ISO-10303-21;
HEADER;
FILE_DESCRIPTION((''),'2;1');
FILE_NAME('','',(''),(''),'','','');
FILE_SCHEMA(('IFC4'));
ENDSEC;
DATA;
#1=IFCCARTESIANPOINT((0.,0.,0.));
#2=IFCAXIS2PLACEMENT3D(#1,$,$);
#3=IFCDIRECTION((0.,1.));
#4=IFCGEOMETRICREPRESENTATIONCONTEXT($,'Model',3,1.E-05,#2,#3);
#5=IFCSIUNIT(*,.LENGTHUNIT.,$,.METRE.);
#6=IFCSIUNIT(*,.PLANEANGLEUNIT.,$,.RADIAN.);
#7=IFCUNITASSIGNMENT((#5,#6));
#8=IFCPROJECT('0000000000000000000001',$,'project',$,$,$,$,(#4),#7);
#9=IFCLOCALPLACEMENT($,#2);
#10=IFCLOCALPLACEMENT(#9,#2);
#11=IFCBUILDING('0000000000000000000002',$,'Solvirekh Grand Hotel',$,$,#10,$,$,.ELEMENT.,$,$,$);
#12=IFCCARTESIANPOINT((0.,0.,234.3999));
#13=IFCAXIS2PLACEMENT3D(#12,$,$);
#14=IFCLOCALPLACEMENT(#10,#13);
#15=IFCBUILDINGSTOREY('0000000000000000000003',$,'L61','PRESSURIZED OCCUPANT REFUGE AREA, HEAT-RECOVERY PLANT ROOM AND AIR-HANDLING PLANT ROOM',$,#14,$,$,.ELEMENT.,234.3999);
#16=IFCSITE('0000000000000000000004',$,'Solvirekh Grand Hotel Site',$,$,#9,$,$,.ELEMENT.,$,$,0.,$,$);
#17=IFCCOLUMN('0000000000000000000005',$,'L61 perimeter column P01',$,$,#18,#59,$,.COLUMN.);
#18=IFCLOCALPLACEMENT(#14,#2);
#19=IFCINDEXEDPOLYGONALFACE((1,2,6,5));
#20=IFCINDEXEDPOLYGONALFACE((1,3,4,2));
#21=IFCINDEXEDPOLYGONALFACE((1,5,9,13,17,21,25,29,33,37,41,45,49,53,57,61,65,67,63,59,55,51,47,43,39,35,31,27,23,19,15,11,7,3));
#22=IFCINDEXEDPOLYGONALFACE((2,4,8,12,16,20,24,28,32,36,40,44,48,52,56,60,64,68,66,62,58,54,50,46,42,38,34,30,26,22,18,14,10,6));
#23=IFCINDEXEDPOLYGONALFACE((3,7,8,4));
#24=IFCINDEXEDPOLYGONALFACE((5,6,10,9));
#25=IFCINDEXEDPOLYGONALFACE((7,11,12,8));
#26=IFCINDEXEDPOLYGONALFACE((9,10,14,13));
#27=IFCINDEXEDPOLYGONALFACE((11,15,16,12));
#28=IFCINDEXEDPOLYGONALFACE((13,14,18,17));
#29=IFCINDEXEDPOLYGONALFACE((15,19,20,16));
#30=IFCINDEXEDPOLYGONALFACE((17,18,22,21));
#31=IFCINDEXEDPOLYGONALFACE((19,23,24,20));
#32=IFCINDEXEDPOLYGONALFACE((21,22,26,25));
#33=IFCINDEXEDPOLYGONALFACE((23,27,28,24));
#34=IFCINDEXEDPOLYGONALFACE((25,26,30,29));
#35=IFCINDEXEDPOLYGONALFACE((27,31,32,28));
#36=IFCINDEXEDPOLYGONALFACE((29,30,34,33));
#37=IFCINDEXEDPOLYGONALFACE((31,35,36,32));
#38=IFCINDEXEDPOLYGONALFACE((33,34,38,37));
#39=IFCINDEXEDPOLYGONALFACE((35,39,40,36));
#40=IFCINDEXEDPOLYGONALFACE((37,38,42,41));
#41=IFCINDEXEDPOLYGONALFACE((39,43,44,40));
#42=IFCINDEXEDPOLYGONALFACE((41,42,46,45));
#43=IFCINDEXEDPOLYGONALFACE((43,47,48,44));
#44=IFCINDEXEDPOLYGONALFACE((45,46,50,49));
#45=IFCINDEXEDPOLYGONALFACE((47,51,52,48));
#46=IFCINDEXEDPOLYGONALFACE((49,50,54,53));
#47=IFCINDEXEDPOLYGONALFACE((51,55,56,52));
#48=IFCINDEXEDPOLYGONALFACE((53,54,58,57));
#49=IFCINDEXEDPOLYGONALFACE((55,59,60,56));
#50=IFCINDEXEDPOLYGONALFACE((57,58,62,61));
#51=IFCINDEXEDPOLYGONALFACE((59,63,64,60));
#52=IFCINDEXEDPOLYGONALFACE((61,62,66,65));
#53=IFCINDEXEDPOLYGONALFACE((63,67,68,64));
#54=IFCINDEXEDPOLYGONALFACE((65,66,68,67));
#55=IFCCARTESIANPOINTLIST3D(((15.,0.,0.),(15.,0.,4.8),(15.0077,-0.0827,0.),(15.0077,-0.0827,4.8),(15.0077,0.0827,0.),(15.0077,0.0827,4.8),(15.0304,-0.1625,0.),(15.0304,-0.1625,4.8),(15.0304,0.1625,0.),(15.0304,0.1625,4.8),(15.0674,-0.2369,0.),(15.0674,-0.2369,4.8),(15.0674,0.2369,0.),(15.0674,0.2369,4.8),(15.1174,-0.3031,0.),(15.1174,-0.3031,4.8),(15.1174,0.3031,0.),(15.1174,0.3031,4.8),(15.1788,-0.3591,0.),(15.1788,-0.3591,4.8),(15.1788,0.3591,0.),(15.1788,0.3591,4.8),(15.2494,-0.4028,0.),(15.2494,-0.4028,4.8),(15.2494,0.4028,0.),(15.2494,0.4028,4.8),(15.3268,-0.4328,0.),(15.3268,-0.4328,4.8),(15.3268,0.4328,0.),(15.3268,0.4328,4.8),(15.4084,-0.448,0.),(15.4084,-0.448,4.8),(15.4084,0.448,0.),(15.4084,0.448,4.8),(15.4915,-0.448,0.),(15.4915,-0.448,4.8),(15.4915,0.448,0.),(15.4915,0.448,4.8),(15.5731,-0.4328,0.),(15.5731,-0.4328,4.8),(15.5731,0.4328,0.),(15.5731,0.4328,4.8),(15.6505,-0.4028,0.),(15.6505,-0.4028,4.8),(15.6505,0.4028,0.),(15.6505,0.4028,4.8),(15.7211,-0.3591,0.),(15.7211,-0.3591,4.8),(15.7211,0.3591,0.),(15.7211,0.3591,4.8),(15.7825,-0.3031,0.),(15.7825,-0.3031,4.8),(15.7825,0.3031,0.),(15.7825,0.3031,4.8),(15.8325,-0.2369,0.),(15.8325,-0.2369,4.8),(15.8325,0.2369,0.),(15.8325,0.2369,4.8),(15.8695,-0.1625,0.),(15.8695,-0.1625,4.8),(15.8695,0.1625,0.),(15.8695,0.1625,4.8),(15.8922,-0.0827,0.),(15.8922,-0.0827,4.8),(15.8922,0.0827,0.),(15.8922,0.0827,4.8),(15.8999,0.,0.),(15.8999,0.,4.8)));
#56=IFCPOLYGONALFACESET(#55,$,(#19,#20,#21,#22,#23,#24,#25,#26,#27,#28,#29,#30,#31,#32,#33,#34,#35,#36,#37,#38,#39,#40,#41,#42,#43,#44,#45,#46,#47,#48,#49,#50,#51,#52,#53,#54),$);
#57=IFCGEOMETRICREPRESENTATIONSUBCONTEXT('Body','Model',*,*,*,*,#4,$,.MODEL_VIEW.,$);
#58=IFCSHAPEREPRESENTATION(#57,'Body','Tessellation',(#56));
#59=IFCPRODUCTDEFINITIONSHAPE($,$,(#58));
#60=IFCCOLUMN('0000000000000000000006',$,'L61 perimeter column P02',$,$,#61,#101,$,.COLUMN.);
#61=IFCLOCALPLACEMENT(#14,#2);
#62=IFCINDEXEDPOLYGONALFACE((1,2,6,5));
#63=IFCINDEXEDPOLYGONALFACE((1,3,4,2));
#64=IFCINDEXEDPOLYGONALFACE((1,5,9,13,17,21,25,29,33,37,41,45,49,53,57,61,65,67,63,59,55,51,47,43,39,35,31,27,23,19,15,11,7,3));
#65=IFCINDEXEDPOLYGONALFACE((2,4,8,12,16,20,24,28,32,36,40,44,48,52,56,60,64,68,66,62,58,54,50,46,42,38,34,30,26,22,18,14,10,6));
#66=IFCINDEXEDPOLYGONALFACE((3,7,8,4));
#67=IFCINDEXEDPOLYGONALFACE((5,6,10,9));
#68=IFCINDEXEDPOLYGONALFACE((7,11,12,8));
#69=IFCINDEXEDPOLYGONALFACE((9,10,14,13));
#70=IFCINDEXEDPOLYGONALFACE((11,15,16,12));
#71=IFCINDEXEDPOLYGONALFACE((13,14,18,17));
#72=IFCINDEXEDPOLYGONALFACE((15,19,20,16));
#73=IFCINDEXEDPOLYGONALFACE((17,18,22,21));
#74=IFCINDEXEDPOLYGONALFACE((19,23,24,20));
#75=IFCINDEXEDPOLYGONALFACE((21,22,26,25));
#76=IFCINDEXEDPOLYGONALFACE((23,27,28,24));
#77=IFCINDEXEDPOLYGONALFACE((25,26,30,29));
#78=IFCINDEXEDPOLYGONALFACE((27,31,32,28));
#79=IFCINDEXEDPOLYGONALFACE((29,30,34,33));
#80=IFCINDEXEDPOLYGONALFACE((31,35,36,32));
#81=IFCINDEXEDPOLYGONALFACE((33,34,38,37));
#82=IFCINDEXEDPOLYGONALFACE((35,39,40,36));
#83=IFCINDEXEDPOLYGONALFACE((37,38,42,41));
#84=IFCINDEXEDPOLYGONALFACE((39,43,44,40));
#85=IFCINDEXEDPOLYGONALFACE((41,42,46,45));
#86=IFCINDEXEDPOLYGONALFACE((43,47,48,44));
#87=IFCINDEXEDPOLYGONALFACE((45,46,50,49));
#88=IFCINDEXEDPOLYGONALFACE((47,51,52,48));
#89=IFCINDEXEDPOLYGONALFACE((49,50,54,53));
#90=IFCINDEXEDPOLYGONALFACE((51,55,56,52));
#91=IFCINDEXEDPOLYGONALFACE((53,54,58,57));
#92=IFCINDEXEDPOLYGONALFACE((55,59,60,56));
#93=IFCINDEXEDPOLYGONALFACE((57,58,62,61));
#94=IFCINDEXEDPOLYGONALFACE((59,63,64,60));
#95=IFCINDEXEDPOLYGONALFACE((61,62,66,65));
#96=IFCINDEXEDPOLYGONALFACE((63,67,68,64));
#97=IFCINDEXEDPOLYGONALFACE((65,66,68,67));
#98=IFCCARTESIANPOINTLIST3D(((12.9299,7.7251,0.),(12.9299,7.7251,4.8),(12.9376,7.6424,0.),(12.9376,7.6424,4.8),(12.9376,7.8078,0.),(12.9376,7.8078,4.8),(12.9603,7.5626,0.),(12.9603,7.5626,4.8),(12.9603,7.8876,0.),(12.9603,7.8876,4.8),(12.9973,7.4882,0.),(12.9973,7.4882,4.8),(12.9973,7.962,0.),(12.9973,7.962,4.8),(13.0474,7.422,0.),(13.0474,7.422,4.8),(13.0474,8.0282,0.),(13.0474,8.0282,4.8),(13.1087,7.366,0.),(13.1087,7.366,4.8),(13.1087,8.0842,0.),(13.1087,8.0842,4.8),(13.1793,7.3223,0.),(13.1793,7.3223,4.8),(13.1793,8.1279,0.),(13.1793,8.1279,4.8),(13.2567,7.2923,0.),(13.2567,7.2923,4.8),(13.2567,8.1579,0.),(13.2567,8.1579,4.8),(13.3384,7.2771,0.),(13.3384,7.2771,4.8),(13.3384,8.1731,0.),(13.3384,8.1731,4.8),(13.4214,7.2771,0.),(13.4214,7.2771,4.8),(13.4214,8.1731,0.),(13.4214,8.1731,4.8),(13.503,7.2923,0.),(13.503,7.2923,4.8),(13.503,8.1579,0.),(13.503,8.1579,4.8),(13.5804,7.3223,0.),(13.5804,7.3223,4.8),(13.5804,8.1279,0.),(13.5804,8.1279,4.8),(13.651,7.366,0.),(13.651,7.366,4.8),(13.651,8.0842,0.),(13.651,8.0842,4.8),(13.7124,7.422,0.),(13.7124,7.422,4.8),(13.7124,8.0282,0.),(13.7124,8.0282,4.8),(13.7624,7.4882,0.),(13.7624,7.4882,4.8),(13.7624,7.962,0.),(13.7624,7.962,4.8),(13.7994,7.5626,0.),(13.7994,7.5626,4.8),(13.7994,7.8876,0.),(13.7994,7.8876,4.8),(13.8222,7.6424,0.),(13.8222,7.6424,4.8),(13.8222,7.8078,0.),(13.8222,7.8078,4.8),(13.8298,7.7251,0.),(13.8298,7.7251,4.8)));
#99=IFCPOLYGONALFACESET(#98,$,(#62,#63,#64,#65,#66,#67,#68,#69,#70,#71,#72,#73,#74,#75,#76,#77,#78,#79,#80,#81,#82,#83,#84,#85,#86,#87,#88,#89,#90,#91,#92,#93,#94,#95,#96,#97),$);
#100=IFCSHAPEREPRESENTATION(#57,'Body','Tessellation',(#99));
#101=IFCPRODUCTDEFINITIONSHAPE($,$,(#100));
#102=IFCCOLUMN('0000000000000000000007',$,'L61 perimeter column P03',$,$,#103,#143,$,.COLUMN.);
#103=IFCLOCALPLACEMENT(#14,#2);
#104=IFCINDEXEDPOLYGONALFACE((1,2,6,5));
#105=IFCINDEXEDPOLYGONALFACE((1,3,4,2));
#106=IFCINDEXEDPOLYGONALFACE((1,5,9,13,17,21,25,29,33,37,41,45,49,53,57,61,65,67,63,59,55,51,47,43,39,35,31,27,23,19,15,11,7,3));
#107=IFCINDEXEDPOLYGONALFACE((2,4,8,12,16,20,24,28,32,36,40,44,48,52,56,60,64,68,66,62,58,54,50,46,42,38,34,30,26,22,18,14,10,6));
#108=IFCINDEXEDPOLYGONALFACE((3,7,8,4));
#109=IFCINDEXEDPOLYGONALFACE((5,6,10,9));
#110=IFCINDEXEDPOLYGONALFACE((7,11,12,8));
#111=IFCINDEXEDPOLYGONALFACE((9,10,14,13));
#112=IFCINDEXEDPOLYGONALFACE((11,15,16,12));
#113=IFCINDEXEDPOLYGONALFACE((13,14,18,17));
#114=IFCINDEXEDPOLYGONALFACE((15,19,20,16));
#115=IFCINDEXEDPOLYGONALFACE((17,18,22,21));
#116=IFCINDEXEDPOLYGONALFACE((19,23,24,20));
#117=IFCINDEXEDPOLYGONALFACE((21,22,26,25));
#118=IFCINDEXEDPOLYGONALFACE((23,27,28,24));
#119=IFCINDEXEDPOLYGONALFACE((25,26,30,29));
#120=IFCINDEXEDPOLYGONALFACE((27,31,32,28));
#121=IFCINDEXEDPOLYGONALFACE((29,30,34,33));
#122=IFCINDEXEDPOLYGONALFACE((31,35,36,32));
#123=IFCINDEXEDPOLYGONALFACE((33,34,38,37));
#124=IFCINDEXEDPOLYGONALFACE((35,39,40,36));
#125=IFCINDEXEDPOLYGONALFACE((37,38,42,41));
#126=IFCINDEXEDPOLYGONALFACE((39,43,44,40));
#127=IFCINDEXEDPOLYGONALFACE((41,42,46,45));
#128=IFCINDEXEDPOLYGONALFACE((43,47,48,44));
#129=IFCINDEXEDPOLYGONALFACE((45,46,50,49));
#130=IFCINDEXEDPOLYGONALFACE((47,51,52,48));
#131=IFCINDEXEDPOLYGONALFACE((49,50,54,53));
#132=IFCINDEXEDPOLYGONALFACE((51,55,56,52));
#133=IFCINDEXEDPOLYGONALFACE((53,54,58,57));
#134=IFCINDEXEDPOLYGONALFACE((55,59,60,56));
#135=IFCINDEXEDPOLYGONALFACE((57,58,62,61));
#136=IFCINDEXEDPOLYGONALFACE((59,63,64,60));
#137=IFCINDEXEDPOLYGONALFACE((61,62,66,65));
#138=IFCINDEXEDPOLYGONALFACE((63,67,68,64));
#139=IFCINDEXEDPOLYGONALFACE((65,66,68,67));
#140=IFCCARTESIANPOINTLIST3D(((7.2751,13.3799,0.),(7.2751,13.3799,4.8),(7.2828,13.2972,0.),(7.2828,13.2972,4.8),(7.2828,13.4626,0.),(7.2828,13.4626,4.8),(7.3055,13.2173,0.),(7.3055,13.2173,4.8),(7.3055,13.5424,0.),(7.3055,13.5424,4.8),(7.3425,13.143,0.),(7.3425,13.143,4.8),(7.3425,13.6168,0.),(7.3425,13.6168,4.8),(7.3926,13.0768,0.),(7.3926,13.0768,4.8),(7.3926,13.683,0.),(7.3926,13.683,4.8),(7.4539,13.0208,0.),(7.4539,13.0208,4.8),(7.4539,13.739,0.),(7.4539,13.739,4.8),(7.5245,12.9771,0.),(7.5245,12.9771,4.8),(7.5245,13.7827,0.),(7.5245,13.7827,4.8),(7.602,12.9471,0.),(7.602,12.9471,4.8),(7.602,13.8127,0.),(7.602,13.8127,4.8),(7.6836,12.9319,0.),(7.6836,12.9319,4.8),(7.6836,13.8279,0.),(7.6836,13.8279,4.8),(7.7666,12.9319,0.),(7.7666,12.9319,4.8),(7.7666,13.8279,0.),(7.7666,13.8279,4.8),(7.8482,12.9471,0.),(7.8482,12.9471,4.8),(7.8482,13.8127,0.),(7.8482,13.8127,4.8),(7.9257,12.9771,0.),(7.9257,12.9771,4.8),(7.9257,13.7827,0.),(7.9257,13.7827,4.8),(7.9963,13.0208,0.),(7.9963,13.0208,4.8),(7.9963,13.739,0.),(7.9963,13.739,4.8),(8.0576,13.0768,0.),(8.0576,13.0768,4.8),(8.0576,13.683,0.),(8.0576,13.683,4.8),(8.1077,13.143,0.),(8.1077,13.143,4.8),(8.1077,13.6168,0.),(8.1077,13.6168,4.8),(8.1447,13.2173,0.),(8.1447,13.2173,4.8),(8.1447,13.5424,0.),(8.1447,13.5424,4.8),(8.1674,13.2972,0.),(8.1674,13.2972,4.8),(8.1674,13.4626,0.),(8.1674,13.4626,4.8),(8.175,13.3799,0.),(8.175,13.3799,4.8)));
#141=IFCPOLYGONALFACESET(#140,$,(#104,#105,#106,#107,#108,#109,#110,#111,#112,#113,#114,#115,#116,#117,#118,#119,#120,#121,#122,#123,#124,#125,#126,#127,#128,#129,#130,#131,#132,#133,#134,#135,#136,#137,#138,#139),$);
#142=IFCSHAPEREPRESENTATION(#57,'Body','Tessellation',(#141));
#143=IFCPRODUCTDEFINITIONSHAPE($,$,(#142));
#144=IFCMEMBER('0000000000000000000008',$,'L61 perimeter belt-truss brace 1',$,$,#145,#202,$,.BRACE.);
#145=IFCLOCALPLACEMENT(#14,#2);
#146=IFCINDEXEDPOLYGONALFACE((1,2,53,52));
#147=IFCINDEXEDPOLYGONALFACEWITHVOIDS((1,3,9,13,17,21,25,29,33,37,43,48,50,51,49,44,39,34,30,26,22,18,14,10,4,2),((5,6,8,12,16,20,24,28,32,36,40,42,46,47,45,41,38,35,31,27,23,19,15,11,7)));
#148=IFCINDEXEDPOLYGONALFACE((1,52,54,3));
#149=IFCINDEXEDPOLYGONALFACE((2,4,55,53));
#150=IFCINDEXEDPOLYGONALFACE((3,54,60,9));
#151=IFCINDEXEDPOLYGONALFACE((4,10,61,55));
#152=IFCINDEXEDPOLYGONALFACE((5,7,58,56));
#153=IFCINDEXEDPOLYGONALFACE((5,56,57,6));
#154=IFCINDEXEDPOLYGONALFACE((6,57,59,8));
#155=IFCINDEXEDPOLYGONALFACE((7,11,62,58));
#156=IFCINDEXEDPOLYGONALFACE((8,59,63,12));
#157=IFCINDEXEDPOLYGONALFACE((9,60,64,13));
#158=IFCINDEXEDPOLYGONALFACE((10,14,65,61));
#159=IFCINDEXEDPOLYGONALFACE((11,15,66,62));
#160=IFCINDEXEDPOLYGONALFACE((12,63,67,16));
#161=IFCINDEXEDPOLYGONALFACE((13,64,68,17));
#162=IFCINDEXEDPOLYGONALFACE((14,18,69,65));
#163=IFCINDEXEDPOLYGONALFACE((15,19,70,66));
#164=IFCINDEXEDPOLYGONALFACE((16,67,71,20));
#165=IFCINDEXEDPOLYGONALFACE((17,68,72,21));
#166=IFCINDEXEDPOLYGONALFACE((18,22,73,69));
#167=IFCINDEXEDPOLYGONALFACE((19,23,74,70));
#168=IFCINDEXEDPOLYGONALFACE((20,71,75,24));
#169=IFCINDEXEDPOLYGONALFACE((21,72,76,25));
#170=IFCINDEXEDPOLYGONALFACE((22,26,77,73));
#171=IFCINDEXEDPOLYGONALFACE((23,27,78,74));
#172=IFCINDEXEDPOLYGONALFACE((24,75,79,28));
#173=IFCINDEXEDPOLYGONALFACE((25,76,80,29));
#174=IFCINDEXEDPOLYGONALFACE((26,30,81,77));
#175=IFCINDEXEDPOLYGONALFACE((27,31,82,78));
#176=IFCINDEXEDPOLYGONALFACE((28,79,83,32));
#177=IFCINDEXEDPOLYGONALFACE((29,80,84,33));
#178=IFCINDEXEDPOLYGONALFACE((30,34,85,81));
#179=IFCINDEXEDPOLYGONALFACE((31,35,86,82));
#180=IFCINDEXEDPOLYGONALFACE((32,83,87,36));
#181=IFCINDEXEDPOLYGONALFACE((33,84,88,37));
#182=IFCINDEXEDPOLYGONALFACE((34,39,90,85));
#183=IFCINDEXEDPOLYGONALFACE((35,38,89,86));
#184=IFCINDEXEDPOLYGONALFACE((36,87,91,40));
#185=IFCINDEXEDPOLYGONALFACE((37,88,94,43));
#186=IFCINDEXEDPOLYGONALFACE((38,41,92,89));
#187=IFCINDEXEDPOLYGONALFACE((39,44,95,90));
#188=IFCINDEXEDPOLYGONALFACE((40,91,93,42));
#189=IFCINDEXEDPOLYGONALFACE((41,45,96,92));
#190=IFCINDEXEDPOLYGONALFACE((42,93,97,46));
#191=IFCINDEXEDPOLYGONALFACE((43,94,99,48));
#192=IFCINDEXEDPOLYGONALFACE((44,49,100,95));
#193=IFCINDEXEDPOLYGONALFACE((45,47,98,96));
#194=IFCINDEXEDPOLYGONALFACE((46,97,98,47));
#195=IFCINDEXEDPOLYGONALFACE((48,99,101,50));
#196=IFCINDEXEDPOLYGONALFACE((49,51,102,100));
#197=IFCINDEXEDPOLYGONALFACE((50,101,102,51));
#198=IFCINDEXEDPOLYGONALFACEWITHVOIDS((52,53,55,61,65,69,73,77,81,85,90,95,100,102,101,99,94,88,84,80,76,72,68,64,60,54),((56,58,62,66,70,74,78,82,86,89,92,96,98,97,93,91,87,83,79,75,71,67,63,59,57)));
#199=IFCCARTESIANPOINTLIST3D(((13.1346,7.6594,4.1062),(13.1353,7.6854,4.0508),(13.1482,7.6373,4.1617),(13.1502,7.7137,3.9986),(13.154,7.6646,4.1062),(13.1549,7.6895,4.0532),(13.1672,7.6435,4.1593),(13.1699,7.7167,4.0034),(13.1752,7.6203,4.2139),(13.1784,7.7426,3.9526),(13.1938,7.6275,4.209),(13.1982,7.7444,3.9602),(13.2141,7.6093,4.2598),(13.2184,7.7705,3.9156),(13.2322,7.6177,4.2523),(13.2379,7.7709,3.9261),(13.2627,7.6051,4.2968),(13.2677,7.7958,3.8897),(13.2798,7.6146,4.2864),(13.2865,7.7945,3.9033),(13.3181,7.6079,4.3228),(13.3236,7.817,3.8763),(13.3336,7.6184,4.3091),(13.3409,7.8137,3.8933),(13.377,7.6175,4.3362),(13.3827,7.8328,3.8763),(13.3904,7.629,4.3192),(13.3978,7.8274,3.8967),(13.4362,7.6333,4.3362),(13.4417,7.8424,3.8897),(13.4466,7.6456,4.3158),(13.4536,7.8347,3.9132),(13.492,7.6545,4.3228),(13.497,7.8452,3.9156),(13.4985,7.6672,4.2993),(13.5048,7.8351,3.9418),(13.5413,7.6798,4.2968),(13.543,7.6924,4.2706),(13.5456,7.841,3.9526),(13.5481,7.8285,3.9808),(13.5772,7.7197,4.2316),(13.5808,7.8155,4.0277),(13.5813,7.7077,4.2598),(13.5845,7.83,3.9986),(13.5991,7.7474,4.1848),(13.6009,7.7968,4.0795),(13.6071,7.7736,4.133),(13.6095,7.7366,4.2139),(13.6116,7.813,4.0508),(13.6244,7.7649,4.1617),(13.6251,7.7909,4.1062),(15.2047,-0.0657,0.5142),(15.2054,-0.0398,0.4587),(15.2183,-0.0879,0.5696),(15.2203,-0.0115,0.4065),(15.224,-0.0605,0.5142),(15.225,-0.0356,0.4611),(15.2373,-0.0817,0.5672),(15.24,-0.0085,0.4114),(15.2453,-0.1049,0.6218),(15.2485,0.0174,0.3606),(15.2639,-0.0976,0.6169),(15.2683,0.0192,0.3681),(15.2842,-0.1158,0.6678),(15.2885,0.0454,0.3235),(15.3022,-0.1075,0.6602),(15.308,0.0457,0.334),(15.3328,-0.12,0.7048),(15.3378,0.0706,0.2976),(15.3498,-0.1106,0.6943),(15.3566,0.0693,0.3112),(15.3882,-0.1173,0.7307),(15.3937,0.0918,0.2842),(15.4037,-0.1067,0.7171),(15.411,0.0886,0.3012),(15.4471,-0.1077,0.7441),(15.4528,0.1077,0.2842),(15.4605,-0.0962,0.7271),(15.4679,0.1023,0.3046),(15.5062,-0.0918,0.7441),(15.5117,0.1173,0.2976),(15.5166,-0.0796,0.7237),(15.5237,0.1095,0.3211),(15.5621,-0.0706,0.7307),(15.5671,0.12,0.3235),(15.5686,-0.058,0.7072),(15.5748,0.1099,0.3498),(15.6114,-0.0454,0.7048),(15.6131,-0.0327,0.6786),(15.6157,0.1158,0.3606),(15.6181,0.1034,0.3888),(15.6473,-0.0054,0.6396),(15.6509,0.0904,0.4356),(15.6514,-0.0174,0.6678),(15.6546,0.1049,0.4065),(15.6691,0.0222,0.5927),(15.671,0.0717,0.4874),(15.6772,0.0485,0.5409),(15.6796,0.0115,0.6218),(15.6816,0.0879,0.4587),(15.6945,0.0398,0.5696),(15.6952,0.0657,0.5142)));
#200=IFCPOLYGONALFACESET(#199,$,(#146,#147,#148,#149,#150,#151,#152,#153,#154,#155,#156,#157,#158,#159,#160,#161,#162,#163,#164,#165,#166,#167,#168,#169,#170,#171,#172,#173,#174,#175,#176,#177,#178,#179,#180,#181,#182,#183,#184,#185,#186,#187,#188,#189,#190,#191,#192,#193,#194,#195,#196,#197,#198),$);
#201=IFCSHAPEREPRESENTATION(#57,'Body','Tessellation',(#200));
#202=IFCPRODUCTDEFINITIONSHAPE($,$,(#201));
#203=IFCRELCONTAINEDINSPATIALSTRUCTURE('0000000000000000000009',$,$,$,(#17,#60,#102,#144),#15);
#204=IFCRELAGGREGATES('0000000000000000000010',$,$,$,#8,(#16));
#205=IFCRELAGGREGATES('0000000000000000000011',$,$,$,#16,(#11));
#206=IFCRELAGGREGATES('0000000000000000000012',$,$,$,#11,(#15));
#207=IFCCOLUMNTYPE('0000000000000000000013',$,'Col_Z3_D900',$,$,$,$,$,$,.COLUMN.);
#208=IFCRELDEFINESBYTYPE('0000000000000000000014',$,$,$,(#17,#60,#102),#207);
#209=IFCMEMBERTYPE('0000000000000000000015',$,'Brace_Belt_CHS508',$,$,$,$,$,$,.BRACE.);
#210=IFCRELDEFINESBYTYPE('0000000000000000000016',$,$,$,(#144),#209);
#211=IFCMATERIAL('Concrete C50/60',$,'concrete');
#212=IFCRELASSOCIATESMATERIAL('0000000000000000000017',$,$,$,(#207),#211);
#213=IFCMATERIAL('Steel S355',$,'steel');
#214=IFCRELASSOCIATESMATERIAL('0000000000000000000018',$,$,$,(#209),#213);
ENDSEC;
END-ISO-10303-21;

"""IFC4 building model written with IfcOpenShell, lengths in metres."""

from ifc_helpers import new_model, si_unit, direction, frame, origin, origin_2d, place, context, subcontext, project, spatial, circle, hollow_circle, extrude, material, material_profile, profile_set, type_object, element, save


model = new_model("IFC4")

# Units and contexts
model_context = context("Model", 3, precision=1e-05, world=origin(), true_north=direction((0.0, 1.0)))
body_context = subcontext(model_context, "Body", "Model", "MODEL_VIEW")
ifc_project = project(units=[si_unit("LENGTHUNIT", "METRE"), si_unit("PLANEANGLEUNIT", "RADIAN")], contexts=[model_context])

# Site, building, storey
site_placement = place(None, origin())
site = spatial("IfcSite", under=ifc_project, at=site_placement, Name="Solvirekh Grand Hotel Site", CompositionType="ELEMENT", RefElevation=0.0)
building_placement = place(site_placement, origin())
building = spatial("IfcBuilding", under=site, at=building_placement, Name="Solvirekh Grand Hotel", CompositionType="ELEMENT")
storey_placement = place(building_placement, frame((0.0, 0.0, 234.3999)))
storey = spatial("IfcBuildingStorey", under=building, at=storey_placement, Name="L61", Description="PRESSURIZED OCCUPANT REFUGE AREA, HEAT-RECOVERY PLANT ROOM AND AIR-HANDLING PLANT ROOM", CompositionType="ELEMENT", Elevation=234.3999)

# Columns
ifc_material_1 = material(Name="Concrete C50/60", Category="concrete")
ifc_material_profile_1 = material_profile(ifc_material_1, circle(Radius=0.45, at=origin_2d()), Name="RC CIRC D900")
ifc_profile_set_1 = profile_set([ifc_material_profile_1], Name="Concrete C50/60")
column_type = type_object("IfcColumnType", Name="Col_Z3_D900", PredefinedType="COLUMN", material=ifc_profile_set_1)
for number, where, z_axis, x_axis, name in (
    (1, (15.45, 0.0, 0.0), (0.0, 0.0, 1.0), (1.0, 0.0, 0.0), "L61 perimeter column P01"),
    (2, (13.3799, 7.7251, 0.0), (0.0, 0.0, 1.0), (1.0, 0.0, 0.0), "L61 perimeter column P02"),
    (3, (7.7251, 13.3799, 0.0), (0.0, 0.0, 1.0), (1.0, 0.0, 0.0), "L61 perimeter column P03"),
):
    element("IfcColumn", number, at=place(storey_placement, frame(where, z_axis=z_axis, x_axis=x_axis)), inside=storey, type_object=column_type, Name=name, PredefinedType="COLUMN", context=body_context, shape_type="SweptSolid", body=[
        extrude(circle(Radius=0.45, at=origin_2d()), origin(), (0.0, 0.0, 1.0), 4.8),
    ])

# Member
ifc_material_2 = material(Name="Steel S355", Category="steel")
ifc_material_profile_2 = material_profile(ifc_material_2, hollow_circle(Radius=0.2539, WallThickness=0.02, at=origin_2d()), Name="CHS 508X20")
ifc_profile_set_2 = profile_set([ifc_material_profile_2], Name="Steel S355")
member_type = type_object("IfcMemberType", Name="Brace_Belt_CHS508", PredefinedType="BRACE", material=ifc_profile_set_2)
member_1_placement = place(storey_placement, frame((15.45, 0.0, 0.5142), z_axis=(-0.236113, 0.881129, 0.40971), x_axis=(-0.965922, -0.258835, 0.0)))
element("IfcMember", 4, at=member_1_placement, inside=storey, type_object=member_type, Name="L61 perimeter belt-truss brace 1", PredefinedType="BRACE", context=body_context, shape_type="SweptSolid", body=[
    extrude(hollow_circle(Radius=0.2539, WallThickness=0.02, at=origin_2d()), origin(), (0.0, 0.0, 1.0), 8.7673),
])

save(model, "model.ifc")
